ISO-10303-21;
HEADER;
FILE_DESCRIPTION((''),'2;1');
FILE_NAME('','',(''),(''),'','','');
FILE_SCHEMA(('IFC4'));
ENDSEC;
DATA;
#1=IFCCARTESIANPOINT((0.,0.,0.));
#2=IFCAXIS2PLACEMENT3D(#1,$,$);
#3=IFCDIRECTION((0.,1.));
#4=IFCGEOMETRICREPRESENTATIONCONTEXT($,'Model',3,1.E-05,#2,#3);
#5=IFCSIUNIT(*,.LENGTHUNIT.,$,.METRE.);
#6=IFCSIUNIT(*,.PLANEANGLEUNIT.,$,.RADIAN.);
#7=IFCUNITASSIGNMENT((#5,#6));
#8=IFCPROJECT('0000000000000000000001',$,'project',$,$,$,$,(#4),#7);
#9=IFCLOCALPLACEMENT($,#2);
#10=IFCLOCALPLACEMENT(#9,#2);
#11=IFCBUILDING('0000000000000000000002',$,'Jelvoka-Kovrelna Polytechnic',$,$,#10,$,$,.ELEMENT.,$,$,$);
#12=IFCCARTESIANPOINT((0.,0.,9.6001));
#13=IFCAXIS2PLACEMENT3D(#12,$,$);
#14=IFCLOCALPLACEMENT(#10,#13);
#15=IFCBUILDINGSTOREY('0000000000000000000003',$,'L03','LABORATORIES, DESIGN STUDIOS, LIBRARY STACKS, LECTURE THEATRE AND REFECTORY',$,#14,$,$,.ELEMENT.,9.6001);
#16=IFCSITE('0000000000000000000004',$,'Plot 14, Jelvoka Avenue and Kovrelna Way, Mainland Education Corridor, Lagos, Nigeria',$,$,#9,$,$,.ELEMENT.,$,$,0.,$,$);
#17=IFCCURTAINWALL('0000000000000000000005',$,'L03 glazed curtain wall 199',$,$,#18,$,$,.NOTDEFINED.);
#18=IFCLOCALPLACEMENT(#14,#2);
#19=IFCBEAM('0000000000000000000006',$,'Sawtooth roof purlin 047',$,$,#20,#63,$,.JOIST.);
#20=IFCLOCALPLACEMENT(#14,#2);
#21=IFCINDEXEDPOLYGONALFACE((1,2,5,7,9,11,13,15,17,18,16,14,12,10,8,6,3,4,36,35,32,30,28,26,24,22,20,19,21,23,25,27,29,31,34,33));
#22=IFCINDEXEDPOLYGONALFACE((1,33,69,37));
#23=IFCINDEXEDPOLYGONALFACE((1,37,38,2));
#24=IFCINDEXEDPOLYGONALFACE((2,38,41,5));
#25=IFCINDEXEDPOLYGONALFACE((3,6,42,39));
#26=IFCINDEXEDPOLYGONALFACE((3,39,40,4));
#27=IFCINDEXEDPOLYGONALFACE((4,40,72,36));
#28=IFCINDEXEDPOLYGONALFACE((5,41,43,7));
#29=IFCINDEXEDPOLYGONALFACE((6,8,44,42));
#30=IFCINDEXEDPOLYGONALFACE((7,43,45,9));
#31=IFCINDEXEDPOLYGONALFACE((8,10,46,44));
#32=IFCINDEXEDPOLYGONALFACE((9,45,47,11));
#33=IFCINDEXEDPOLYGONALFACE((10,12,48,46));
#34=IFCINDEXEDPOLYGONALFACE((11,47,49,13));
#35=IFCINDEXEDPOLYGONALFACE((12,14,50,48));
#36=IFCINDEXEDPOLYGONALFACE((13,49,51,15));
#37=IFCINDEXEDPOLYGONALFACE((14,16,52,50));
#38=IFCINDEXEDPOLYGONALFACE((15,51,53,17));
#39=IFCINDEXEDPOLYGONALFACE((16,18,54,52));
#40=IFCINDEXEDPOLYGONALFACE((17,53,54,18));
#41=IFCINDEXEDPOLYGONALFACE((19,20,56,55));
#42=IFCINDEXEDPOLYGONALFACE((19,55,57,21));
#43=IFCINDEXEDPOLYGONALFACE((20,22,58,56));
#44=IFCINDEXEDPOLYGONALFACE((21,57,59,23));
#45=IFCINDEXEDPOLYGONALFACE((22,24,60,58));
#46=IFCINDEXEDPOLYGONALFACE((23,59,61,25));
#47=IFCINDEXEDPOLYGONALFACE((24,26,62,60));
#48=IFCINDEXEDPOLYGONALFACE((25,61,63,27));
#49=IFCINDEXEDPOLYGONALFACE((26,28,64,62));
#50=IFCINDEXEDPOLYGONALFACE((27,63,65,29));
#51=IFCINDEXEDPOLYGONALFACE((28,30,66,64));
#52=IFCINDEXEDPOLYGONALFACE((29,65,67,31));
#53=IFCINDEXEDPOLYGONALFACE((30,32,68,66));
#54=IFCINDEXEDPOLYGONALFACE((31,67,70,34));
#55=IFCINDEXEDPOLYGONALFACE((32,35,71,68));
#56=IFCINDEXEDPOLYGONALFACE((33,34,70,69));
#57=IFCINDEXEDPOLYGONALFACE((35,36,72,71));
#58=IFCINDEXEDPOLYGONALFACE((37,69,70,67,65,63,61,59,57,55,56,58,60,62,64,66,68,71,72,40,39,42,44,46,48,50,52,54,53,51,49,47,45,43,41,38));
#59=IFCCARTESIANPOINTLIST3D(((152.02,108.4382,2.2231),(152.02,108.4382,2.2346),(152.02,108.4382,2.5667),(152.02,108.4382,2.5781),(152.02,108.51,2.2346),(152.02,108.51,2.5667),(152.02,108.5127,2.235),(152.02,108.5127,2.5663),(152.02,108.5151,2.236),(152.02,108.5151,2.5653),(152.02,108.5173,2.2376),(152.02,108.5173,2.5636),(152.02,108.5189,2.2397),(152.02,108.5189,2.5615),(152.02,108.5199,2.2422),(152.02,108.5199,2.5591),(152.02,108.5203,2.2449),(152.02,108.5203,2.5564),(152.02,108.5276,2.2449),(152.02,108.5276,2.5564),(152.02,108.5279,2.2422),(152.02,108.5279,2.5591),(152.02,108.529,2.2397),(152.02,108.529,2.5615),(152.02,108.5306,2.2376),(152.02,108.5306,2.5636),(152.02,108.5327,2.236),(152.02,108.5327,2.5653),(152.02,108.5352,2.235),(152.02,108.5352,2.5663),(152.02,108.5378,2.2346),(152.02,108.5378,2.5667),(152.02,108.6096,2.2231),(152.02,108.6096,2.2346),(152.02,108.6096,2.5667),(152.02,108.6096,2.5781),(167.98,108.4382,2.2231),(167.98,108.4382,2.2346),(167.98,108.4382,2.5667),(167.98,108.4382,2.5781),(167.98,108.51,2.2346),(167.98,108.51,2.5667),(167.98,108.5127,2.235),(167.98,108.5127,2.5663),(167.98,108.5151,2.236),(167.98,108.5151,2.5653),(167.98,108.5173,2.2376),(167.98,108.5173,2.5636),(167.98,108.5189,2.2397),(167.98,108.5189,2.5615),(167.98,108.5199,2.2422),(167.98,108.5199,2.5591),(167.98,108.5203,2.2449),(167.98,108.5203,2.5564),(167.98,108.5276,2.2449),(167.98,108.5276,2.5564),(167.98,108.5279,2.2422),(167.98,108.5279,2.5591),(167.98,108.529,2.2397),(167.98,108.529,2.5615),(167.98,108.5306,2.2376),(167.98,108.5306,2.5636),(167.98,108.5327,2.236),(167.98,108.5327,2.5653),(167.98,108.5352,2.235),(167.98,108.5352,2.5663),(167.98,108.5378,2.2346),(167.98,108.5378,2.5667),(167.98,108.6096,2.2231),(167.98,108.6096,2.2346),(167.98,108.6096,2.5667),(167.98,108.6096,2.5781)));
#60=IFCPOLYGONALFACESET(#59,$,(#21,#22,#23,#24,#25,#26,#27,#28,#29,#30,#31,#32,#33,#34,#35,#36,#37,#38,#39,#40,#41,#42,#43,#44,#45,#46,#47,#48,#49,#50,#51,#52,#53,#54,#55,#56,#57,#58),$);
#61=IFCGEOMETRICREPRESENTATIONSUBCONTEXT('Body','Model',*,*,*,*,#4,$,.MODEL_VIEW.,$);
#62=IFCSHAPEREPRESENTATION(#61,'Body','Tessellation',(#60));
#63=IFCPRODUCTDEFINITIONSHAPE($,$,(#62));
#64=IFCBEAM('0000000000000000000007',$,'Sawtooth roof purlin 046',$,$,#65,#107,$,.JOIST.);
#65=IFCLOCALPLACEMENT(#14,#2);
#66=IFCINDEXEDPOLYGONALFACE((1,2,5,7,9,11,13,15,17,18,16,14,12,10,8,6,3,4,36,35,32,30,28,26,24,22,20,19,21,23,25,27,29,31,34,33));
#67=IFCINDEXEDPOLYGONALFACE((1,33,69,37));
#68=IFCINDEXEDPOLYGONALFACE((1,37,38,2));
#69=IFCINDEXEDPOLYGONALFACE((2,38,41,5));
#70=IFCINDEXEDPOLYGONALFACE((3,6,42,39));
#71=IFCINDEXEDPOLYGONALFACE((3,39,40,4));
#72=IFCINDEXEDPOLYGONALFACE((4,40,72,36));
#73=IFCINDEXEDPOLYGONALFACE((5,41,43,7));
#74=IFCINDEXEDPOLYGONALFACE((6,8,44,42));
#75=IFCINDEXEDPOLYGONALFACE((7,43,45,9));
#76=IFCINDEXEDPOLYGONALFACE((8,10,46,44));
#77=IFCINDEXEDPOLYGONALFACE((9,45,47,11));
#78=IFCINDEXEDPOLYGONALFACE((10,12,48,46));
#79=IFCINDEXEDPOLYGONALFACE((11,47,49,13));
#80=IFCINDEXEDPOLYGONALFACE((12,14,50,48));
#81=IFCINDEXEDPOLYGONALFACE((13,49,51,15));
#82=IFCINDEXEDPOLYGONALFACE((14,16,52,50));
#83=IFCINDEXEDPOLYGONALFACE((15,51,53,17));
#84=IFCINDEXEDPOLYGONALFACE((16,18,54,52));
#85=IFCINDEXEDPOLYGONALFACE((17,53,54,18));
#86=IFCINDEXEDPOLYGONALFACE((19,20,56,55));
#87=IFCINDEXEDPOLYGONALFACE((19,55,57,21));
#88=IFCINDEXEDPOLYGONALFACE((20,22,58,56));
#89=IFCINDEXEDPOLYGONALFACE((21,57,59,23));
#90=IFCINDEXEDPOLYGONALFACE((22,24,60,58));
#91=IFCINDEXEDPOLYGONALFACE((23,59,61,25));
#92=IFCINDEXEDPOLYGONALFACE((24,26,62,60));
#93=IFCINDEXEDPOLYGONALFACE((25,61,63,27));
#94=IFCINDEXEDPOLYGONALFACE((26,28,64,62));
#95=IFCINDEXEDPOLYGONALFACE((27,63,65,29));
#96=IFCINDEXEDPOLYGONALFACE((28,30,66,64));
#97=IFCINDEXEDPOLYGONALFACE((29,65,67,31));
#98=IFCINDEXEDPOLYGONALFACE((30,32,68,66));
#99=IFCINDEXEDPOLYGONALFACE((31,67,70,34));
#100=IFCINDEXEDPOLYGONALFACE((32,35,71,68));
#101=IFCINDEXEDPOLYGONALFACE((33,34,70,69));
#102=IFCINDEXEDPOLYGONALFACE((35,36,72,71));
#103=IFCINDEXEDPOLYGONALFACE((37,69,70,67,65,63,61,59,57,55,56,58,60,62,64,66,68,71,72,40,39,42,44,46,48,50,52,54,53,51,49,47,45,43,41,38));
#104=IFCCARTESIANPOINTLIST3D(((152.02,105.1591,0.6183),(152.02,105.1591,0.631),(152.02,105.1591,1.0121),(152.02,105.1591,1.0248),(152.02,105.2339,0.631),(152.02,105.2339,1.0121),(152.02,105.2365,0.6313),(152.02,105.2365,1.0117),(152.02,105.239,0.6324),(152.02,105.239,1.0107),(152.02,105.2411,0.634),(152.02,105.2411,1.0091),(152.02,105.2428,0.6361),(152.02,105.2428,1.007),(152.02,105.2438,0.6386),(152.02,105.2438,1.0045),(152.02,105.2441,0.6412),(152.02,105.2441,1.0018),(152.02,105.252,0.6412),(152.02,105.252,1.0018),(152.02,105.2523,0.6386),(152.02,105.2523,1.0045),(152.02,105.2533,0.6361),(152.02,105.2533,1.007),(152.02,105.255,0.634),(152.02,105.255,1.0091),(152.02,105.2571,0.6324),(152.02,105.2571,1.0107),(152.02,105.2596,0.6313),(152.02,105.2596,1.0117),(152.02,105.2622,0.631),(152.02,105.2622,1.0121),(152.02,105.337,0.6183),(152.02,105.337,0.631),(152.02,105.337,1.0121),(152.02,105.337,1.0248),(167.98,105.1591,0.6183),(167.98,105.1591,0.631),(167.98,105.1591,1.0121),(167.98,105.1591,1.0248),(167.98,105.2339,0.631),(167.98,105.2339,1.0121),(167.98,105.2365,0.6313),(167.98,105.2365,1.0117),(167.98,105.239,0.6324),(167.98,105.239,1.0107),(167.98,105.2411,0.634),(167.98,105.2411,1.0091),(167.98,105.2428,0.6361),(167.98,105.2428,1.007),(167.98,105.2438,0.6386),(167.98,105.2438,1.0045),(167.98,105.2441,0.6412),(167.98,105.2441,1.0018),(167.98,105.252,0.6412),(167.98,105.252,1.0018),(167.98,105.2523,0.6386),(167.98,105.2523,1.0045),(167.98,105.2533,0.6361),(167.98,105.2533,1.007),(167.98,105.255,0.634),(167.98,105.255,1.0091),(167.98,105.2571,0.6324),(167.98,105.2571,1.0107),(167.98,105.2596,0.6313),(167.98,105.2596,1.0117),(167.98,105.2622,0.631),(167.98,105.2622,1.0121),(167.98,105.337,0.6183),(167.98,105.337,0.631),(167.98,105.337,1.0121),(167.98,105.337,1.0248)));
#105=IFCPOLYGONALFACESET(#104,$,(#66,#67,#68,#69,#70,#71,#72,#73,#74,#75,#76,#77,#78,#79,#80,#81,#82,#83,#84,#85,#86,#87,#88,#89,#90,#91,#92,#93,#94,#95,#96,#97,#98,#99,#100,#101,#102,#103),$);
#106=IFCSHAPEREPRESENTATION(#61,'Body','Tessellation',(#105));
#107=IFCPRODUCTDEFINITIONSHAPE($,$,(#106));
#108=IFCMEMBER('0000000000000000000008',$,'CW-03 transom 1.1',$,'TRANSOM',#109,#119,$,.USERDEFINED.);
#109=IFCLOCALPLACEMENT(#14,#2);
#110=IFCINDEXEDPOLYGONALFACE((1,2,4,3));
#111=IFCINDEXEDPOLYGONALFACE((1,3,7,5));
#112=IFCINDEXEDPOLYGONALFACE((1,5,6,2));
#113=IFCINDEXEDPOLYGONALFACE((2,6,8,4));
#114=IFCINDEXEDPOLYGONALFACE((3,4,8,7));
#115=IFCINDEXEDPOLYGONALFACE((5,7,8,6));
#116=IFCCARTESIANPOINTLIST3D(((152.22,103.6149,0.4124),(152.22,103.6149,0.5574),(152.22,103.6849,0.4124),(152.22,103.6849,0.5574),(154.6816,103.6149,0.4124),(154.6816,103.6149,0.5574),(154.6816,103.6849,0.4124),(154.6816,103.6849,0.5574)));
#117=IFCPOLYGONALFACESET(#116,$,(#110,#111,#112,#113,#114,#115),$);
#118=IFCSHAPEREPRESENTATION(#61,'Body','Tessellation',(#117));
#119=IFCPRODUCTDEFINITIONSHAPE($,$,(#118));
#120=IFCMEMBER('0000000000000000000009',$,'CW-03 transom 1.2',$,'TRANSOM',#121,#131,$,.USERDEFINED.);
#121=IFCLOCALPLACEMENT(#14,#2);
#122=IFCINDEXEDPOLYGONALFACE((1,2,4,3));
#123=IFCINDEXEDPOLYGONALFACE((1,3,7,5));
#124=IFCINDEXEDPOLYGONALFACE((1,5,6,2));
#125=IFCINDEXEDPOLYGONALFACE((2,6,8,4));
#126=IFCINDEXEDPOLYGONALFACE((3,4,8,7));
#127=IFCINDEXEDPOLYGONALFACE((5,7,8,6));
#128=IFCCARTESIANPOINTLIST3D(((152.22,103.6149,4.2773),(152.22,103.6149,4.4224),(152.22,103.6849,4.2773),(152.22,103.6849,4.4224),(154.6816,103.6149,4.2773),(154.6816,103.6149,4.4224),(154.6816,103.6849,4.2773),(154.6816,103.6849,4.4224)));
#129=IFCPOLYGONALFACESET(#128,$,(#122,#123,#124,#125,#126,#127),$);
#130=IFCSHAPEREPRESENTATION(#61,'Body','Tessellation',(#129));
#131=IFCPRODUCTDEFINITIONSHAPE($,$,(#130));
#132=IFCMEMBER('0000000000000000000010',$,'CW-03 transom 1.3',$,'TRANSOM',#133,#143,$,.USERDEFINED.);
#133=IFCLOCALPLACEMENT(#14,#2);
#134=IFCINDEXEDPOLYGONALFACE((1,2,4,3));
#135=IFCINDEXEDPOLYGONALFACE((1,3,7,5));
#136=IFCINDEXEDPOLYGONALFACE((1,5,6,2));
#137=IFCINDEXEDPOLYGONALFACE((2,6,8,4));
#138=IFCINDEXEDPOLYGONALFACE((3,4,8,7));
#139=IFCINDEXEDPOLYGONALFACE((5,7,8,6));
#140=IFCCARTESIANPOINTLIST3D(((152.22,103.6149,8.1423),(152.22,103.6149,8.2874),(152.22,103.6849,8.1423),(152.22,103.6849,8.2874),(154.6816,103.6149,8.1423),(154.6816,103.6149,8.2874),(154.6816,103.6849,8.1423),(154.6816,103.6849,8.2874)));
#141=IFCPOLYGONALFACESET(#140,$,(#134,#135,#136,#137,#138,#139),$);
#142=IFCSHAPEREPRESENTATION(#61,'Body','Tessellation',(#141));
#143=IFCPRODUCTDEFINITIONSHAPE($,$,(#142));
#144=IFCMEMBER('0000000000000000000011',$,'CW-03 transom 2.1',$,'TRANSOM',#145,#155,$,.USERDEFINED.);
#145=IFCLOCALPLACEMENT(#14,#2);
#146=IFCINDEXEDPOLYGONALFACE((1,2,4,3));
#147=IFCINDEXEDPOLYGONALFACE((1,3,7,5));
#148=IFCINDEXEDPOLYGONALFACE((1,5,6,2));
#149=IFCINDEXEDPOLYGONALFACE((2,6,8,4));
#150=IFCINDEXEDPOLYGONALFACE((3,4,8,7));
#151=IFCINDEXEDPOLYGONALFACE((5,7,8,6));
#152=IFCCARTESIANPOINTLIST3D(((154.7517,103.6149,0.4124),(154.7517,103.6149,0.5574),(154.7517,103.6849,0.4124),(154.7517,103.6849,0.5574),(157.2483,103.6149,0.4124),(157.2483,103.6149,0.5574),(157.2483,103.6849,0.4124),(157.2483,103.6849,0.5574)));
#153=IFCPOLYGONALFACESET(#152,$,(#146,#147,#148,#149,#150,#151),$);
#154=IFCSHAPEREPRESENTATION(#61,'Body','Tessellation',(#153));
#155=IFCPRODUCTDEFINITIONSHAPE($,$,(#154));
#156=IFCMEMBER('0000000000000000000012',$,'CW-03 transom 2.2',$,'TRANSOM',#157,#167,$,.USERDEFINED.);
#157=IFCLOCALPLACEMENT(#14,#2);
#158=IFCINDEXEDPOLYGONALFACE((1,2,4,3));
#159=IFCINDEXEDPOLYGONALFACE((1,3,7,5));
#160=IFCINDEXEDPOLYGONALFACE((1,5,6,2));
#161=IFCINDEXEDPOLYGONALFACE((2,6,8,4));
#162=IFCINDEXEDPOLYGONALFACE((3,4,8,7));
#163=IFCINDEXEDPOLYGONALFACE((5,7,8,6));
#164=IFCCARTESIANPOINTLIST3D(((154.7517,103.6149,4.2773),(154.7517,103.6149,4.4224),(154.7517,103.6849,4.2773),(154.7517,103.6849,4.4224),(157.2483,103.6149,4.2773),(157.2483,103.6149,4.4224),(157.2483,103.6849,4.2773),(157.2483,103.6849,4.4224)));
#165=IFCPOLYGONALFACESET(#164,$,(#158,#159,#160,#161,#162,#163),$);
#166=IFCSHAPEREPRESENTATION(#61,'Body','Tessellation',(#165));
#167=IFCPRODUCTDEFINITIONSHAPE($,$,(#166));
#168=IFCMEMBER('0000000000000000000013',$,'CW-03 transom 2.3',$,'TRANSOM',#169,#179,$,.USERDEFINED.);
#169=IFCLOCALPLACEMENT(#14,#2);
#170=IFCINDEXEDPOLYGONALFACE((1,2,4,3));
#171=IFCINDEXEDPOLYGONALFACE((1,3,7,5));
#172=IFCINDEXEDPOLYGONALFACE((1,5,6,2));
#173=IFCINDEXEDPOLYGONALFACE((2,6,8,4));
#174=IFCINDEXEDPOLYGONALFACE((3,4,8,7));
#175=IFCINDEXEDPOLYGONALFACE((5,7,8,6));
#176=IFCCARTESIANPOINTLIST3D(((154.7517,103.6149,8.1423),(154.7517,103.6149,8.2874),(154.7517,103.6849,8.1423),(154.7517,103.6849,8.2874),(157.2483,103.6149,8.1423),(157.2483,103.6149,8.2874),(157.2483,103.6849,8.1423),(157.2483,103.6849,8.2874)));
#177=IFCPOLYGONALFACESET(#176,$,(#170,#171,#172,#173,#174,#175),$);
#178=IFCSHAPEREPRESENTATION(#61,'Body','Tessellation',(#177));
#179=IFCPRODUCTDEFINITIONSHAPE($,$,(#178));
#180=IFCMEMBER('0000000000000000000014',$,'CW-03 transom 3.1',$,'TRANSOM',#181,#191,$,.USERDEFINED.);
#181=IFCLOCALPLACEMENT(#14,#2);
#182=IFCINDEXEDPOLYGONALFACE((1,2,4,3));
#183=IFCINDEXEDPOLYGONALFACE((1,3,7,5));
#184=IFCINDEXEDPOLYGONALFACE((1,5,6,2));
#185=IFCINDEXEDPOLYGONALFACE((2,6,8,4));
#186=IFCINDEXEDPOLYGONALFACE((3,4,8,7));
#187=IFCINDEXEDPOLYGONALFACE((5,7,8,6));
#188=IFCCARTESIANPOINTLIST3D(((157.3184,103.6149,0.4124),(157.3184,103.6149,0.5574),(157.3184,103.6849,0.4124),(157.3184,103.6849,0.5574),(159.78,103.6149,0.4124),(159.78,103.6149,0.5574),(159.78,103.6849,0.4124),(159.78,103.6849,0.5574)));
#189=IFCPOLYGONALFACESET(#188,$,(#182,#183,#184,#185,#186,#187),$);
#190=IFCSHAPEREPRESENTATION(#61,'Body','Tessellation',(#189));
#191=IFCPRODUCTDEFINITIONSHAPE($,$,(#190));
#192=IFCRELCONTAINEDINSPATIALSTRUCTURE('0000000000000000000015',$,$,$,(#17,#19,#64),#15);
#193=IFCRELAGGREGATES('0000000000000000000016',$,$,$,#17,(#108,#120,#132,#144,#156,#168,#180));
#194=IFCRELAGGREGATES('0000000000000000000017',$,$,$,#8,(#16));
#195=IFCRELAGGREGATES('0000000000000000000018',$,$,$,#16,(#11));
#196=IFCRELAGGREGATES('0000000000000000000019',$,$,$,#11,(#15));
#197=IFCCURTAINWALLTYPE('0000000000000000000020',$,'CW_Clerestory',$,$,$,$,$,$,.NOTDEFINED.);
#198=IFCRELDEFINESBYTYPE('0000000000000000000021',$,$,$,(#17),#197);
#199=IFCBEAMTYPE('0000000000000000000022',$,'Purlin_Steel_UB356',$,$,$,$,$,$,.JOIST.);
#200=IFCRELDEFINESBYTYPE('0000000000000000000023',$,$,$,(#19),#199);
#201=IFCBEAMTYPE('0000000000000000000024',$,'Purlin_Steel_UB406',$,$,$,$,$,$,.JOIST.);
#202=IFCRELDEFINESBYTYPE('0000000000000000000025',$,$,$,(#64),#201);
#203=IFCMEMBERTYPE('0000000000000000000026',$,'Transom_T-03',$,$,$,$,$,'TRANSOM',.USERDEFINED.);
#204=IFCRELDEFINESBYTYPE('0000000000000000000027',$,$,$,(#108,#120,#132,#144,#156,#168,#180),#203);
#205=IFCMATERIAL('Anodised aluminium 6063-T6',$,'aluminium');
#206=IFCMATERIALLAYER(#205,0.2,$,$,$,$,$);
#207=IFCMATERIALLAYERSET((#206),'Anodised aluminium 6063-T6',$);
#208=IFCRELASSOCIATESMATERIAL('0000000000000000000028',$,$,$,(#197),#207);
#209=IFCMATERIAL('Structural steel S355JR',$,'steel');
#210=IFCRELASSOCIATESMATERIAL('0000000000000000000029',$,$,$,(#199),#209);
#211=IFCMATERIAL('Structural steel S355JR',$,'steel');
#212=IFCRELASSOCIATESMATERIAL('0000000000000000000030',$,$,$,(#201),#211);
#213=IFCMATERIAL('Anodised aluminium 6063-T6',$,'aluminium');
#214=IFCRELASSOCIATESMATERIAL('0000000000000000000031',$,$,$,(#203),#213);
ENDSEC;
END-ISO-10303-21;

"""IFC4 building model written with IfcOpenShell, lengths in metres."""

from ifc_helpers import new_model, si_unit, direction, frame, origin, origin_2d, place, context, subcontext, project, spatial, rectangle, i_section, extrude, material, layer, layer_set, material_profile, profile_set, type_object, element, aggregate, save


model = new_model("IFC4")

# Units and contexts
model_context = context("Model", 3, precision=1e-05, world=origin(), true_north=direction((0.0, 1.0)))
body_context = subcontext(model_context, "Body", "Model", "MODEL_VIEW")
ifc_project = project(units=[si_unit("LENGTHUNIT", "METRE"), si_unit("PLANEANGLEUNIT", "RADIAN")], contexts=[model_context])

# Site, building, storey
site_placement = place(None, origin())
site = spatial("IfcSite", under=ifc_project, at=site_placement, Name="Plot 14, Jelvoka Avenue and Kovrelna Way, Mainland Education Corridor, Lagos, Nigeria", CompositionType="ELEMENT", RefElevation=0.0)
building_placement = place(site_placement, origin())
building = spatial("IfcBuilding", under=site, at=building_placement, Name="Jelvoka-Kovrelna Polytechnic", CompositionType="ELEMENT")
storey_placement = place(building_placement, frame((0.0, 0.0, 9.6001)))
storey = spatial("IfcBuildingStorey", under=building, at=storey_placement, Name="L03", Description="LABORATORIES, DESIGN STUDIOS, LIBRARY STACKS, LECTURE THEATRE AND REFECTORY", CompositionType="ELEMENT", Elevation=9.6001)

# Shared definitions
ifc_material_1 = material(Name="Anodised aluminium 6063-T6", Category="aluminium")
ifc_layer_1 = layer(ifc_material_1, 0.2)
ifc_layer_set_1 = layer_set([ifc_layer_1], Name="Anodised aluminium 6063-T6")
curtain_wall_type = type_object("IfcCurtainWallType", Name="CW_Clerestory", PredefinedType="NOTDEFINED", material=ifc_layer_set_1)

# Curtain wall
curtain_wall_1_placement = place(storey_placement, origin())
curtain_wall_1 = element("IfcCurtainWall", 1, at=curtain_wall_1_placement, inside=storey, type_object=curtain_wall_type, Name="L03 glazed curtain wall 199", PredefinedType="NOTDEFINED")

# Beams
ifc_material_2 = material(Name="Structural steel S355JR", Category="steel")
ifc_material_profile_1 = material_profile(ifc_material_2, i_section(OverallWidth=0.1714, OverallDepth=0.355, WebThickness=0.0073, FlangeThickness=0.0115, FilletRadius=0.0103, at=origin_2d()), Name="356x171x51 UB")
ifc_profile_set_1 = profile_set([ifc_material_profile_1], Name="Structural steel S355JR")
beam_type_1 = type_object("IfcBeamType", Name="Purlin_Steel_UB356", PredefinedType="JOIST", material=ifc_profile_set_1)
beam_1_placement = place(storey_placement, frame((152.02, 108.5239, 2.4006), z_axis=(1.0, 0.0, 0.0), x_axis=(0.0, 1.0, 0.0)))
element("IfcBeam", 2, at=beam_1_placement, inside=storey, type_object=beam_type_1, Name="Sawtooth roof purlin 047", PredefinedType="JOIST", context=body_context, shape_type="SweptSolid", body=[
    extrude(i_section(OverallWidth=0.1714, OverallDepth=0.355, WebThickness=0.0073, FlangeThickness=0.0115, FilletRadius=0.0103, at=origin_2d()), origin(), (0.0, 0.0, 1.0), 15.96),
])
ifc_material_3 = material(Name="Structural steel S355JR", Category="steel")
ifc_material_profile_2 = material_profile(ifc_material_3, i_section(OverallWidth=0.178, OverallDepth=0.4065, WebThickness=0.0078, FlangeThickness=0.0127, FilletRadius=0.0103, at=origin_2d()), Name="406x178x60 UB")
ifc_profile_set_2 = profile_set([ifc_material_profile_2], Name="Structural steel S355JR")
beam_type_2 = type_object("IfcBeamType", Name="Purlin_Steel_UB406", PredefinedType="JOIST", material=ifc_profile_set_2)
beam_2_placement = place(storey_placement, frame((152.02, 105.248, 0.8215), z_axis=(1.0, 0.0, 0.0), x_axis=(0.0, 1.0, 0.0)))
element("IfcBeam", 3, at=beam_2_placement, inside=storey, type_object=beam_type_2, Name="Sawtooth roof purlin 046", PredefinedType="JOIST", context=body_context, shape_type="SweptSolid", body=[
    extrude(i_section(OverallWidth=0.178, OverallDepth=0.4065, WebThickness=0.0078, FlangeThickness=0.0127, FilletRadius=0.0103, at=origin_2d()), origin(), (0.0, 0.0, 1.0), 15.96),
])

# Members
ifc_material_4 = material(Name="Anodised aluminium 6063-T6", Category="aluminium")
ifc_material_profile_3 = material_profile(ifc_material_4, rectangle(XDim=0.0701, YDim=0.145, at=origin_2d()), Name="ALU 70x145")
ifc_profile_set_3 = profile_set([ifc_material_profile_3], Name="Anodised aluminium 6063-T6")
member_type_1 = type_object("IfcMemberType", Name="Transom_T-03", ElementType="TRANSOM", PredefinedType="USERDEFINED", material=ifc_profile_set_3)
member_1_placement = place(storey_placement, frame((152.22, 103.6499, 0.4849), z_axis=(1.0, 0.0, 0.0), x_axis=(0.0, 1.0, 0.0)))
member_1 = element("IfcMember", 4, at=member_1_placement, type_object=member_type_1, Name="CW-03 transom 1.1", ObjectType="TRANSOM", PredefinedType="USERDEFINED", context=body_context, shape_type="SweptSolid", body=[
    extrude(rectangle(XDim=0.0701, YDim=0.145, at=origin_2d()), origin(), (0.0, 0.0, 1.0), 2.4617),
])
member_2_placement = place(storey_placement, frame((152.22, 103.6499, 4.3499), z_axis=(1.0, 0.0, 0.0), x_axis=(0.0, 1.0, 0.0)))
member_2 = element("IfcMember", 5, at=member_2_placement, type_object=member_type_1, Name="CW-03 transom 1.2", ObjectType="TRANSOM", PredefinedType="USERDEFINED", context=body_context, shape_type="SweptSolid", body=[
    extrude(rectangle(XDim=0.0701, YDim=0.145, at=origin_2d()), origin(), (0.0, 0.0, 1.0), 2.4617),
])
member_3_placement = place(storey_placement, frame((152.22, 103.6499, 8.2148), z_axis=(1.0, 0.0, 0.0), x_axis=(0.0, 1.0, 0.0)))
member_3 = element("IfcMember", 6, at=member_3_placement, type_object=member_type_1, Name="CW-03 transom 1.3", ObjectType="TRANSOM", PredefinedType="USERDEFINED", context=body_context, shape_type="SweptSolid", body=[
    extrude(rectangle(XDim=0.0701, YDim=0.145, at=origin_2d()), origin(), (0.0, 0.0, 1.0), 2.4617),
])
member_4_placement = place(storey_placement, frame((154.7517, 103.6499, 0.4849), z_axis=(1.0, 0.0, 0.0), x_axis=(0.0, 1.0, 0.0)))
member_4 = element("IfcMember", 7, at=member_4_placement, type_object=member_type_1, Name="CW-03 transom 2.1", ObjectType="TRANSOM", PredefinedType="USERDEFINED", context=body_context, shape_type="SweptSolid", body=[
    extrude(rectangle(XDim=0.0701, YDim=0.145, at=origin_2d()), origin(), (0.0, 0.0, 1.0), 2.4966),
])
member_5_placement = place(storey_placement, frame((154.7517, 103.6499, 4.3499), z_axis=(1.0, 0.0, 0.0), x_axis=(0.0, 1.0, 0.0)))
member_5 = element("IfcMember", 8, at=member_5_placement, type_object=member_type_1, Name="CW-03 transom 2.2", ObjectType="TRANSOM", PredefinedType="USERDEFINED", context=body_context, shape_type="SweptSolid", body=[
    extrude(rectangle(XDim=0.0701, YDim=0.145, at=origin_2d()), origin(), (0.0, 0.0, 1.0), 2.4966),
])
member_6_placement = place(storey_placement, frame((154.7517, 103.6499, 8.2148), z_axis=(1.0, 0.0, 0.0), x_axis=(0.0, 1.0, 0.0)))
member_6 = element("IfcMember", 9, at=member_6_placement, type_object=member_type_1, Name="CW-03 transom 2.3", ObjectType="TRANSOM", PredefinedType="USERDEFINED", context=body_context, shape_type="SweptSolid", body=[
    extrude(rectangle(XDim=0.0701, YDim=0.145, at=origin_2d()), origin(), (0.0, 0.0, 1.0), 2.4966),
])
member_7_placement = place(storey_placement, frame((157.3184, 103.6499, 0.4849), z_axis=(1.0, 0.0, 0.0), x_axis=(0.0, 1.0, 0.0)))
member_7 = element("IfcMember", 10, at=member_7_placement, type_object=member_type_1, Name="CW-03 transom 3.1", ObjectType="TRANSOM", PredefinedType="USERDEFINED", context=body_context, shape_type="SweptSolid", body=[
    extrude(rectangle(XDim=0.0701, YDim=0.145, at=origin_2d()), origin(), (0.0, 0.0, 1.0), 2.4617),
])

aggregate(curtain_wall_1, [member_1, member_2, member_3, member_4, member_5, member_6, member_7])

save(model, "model.ifc")
